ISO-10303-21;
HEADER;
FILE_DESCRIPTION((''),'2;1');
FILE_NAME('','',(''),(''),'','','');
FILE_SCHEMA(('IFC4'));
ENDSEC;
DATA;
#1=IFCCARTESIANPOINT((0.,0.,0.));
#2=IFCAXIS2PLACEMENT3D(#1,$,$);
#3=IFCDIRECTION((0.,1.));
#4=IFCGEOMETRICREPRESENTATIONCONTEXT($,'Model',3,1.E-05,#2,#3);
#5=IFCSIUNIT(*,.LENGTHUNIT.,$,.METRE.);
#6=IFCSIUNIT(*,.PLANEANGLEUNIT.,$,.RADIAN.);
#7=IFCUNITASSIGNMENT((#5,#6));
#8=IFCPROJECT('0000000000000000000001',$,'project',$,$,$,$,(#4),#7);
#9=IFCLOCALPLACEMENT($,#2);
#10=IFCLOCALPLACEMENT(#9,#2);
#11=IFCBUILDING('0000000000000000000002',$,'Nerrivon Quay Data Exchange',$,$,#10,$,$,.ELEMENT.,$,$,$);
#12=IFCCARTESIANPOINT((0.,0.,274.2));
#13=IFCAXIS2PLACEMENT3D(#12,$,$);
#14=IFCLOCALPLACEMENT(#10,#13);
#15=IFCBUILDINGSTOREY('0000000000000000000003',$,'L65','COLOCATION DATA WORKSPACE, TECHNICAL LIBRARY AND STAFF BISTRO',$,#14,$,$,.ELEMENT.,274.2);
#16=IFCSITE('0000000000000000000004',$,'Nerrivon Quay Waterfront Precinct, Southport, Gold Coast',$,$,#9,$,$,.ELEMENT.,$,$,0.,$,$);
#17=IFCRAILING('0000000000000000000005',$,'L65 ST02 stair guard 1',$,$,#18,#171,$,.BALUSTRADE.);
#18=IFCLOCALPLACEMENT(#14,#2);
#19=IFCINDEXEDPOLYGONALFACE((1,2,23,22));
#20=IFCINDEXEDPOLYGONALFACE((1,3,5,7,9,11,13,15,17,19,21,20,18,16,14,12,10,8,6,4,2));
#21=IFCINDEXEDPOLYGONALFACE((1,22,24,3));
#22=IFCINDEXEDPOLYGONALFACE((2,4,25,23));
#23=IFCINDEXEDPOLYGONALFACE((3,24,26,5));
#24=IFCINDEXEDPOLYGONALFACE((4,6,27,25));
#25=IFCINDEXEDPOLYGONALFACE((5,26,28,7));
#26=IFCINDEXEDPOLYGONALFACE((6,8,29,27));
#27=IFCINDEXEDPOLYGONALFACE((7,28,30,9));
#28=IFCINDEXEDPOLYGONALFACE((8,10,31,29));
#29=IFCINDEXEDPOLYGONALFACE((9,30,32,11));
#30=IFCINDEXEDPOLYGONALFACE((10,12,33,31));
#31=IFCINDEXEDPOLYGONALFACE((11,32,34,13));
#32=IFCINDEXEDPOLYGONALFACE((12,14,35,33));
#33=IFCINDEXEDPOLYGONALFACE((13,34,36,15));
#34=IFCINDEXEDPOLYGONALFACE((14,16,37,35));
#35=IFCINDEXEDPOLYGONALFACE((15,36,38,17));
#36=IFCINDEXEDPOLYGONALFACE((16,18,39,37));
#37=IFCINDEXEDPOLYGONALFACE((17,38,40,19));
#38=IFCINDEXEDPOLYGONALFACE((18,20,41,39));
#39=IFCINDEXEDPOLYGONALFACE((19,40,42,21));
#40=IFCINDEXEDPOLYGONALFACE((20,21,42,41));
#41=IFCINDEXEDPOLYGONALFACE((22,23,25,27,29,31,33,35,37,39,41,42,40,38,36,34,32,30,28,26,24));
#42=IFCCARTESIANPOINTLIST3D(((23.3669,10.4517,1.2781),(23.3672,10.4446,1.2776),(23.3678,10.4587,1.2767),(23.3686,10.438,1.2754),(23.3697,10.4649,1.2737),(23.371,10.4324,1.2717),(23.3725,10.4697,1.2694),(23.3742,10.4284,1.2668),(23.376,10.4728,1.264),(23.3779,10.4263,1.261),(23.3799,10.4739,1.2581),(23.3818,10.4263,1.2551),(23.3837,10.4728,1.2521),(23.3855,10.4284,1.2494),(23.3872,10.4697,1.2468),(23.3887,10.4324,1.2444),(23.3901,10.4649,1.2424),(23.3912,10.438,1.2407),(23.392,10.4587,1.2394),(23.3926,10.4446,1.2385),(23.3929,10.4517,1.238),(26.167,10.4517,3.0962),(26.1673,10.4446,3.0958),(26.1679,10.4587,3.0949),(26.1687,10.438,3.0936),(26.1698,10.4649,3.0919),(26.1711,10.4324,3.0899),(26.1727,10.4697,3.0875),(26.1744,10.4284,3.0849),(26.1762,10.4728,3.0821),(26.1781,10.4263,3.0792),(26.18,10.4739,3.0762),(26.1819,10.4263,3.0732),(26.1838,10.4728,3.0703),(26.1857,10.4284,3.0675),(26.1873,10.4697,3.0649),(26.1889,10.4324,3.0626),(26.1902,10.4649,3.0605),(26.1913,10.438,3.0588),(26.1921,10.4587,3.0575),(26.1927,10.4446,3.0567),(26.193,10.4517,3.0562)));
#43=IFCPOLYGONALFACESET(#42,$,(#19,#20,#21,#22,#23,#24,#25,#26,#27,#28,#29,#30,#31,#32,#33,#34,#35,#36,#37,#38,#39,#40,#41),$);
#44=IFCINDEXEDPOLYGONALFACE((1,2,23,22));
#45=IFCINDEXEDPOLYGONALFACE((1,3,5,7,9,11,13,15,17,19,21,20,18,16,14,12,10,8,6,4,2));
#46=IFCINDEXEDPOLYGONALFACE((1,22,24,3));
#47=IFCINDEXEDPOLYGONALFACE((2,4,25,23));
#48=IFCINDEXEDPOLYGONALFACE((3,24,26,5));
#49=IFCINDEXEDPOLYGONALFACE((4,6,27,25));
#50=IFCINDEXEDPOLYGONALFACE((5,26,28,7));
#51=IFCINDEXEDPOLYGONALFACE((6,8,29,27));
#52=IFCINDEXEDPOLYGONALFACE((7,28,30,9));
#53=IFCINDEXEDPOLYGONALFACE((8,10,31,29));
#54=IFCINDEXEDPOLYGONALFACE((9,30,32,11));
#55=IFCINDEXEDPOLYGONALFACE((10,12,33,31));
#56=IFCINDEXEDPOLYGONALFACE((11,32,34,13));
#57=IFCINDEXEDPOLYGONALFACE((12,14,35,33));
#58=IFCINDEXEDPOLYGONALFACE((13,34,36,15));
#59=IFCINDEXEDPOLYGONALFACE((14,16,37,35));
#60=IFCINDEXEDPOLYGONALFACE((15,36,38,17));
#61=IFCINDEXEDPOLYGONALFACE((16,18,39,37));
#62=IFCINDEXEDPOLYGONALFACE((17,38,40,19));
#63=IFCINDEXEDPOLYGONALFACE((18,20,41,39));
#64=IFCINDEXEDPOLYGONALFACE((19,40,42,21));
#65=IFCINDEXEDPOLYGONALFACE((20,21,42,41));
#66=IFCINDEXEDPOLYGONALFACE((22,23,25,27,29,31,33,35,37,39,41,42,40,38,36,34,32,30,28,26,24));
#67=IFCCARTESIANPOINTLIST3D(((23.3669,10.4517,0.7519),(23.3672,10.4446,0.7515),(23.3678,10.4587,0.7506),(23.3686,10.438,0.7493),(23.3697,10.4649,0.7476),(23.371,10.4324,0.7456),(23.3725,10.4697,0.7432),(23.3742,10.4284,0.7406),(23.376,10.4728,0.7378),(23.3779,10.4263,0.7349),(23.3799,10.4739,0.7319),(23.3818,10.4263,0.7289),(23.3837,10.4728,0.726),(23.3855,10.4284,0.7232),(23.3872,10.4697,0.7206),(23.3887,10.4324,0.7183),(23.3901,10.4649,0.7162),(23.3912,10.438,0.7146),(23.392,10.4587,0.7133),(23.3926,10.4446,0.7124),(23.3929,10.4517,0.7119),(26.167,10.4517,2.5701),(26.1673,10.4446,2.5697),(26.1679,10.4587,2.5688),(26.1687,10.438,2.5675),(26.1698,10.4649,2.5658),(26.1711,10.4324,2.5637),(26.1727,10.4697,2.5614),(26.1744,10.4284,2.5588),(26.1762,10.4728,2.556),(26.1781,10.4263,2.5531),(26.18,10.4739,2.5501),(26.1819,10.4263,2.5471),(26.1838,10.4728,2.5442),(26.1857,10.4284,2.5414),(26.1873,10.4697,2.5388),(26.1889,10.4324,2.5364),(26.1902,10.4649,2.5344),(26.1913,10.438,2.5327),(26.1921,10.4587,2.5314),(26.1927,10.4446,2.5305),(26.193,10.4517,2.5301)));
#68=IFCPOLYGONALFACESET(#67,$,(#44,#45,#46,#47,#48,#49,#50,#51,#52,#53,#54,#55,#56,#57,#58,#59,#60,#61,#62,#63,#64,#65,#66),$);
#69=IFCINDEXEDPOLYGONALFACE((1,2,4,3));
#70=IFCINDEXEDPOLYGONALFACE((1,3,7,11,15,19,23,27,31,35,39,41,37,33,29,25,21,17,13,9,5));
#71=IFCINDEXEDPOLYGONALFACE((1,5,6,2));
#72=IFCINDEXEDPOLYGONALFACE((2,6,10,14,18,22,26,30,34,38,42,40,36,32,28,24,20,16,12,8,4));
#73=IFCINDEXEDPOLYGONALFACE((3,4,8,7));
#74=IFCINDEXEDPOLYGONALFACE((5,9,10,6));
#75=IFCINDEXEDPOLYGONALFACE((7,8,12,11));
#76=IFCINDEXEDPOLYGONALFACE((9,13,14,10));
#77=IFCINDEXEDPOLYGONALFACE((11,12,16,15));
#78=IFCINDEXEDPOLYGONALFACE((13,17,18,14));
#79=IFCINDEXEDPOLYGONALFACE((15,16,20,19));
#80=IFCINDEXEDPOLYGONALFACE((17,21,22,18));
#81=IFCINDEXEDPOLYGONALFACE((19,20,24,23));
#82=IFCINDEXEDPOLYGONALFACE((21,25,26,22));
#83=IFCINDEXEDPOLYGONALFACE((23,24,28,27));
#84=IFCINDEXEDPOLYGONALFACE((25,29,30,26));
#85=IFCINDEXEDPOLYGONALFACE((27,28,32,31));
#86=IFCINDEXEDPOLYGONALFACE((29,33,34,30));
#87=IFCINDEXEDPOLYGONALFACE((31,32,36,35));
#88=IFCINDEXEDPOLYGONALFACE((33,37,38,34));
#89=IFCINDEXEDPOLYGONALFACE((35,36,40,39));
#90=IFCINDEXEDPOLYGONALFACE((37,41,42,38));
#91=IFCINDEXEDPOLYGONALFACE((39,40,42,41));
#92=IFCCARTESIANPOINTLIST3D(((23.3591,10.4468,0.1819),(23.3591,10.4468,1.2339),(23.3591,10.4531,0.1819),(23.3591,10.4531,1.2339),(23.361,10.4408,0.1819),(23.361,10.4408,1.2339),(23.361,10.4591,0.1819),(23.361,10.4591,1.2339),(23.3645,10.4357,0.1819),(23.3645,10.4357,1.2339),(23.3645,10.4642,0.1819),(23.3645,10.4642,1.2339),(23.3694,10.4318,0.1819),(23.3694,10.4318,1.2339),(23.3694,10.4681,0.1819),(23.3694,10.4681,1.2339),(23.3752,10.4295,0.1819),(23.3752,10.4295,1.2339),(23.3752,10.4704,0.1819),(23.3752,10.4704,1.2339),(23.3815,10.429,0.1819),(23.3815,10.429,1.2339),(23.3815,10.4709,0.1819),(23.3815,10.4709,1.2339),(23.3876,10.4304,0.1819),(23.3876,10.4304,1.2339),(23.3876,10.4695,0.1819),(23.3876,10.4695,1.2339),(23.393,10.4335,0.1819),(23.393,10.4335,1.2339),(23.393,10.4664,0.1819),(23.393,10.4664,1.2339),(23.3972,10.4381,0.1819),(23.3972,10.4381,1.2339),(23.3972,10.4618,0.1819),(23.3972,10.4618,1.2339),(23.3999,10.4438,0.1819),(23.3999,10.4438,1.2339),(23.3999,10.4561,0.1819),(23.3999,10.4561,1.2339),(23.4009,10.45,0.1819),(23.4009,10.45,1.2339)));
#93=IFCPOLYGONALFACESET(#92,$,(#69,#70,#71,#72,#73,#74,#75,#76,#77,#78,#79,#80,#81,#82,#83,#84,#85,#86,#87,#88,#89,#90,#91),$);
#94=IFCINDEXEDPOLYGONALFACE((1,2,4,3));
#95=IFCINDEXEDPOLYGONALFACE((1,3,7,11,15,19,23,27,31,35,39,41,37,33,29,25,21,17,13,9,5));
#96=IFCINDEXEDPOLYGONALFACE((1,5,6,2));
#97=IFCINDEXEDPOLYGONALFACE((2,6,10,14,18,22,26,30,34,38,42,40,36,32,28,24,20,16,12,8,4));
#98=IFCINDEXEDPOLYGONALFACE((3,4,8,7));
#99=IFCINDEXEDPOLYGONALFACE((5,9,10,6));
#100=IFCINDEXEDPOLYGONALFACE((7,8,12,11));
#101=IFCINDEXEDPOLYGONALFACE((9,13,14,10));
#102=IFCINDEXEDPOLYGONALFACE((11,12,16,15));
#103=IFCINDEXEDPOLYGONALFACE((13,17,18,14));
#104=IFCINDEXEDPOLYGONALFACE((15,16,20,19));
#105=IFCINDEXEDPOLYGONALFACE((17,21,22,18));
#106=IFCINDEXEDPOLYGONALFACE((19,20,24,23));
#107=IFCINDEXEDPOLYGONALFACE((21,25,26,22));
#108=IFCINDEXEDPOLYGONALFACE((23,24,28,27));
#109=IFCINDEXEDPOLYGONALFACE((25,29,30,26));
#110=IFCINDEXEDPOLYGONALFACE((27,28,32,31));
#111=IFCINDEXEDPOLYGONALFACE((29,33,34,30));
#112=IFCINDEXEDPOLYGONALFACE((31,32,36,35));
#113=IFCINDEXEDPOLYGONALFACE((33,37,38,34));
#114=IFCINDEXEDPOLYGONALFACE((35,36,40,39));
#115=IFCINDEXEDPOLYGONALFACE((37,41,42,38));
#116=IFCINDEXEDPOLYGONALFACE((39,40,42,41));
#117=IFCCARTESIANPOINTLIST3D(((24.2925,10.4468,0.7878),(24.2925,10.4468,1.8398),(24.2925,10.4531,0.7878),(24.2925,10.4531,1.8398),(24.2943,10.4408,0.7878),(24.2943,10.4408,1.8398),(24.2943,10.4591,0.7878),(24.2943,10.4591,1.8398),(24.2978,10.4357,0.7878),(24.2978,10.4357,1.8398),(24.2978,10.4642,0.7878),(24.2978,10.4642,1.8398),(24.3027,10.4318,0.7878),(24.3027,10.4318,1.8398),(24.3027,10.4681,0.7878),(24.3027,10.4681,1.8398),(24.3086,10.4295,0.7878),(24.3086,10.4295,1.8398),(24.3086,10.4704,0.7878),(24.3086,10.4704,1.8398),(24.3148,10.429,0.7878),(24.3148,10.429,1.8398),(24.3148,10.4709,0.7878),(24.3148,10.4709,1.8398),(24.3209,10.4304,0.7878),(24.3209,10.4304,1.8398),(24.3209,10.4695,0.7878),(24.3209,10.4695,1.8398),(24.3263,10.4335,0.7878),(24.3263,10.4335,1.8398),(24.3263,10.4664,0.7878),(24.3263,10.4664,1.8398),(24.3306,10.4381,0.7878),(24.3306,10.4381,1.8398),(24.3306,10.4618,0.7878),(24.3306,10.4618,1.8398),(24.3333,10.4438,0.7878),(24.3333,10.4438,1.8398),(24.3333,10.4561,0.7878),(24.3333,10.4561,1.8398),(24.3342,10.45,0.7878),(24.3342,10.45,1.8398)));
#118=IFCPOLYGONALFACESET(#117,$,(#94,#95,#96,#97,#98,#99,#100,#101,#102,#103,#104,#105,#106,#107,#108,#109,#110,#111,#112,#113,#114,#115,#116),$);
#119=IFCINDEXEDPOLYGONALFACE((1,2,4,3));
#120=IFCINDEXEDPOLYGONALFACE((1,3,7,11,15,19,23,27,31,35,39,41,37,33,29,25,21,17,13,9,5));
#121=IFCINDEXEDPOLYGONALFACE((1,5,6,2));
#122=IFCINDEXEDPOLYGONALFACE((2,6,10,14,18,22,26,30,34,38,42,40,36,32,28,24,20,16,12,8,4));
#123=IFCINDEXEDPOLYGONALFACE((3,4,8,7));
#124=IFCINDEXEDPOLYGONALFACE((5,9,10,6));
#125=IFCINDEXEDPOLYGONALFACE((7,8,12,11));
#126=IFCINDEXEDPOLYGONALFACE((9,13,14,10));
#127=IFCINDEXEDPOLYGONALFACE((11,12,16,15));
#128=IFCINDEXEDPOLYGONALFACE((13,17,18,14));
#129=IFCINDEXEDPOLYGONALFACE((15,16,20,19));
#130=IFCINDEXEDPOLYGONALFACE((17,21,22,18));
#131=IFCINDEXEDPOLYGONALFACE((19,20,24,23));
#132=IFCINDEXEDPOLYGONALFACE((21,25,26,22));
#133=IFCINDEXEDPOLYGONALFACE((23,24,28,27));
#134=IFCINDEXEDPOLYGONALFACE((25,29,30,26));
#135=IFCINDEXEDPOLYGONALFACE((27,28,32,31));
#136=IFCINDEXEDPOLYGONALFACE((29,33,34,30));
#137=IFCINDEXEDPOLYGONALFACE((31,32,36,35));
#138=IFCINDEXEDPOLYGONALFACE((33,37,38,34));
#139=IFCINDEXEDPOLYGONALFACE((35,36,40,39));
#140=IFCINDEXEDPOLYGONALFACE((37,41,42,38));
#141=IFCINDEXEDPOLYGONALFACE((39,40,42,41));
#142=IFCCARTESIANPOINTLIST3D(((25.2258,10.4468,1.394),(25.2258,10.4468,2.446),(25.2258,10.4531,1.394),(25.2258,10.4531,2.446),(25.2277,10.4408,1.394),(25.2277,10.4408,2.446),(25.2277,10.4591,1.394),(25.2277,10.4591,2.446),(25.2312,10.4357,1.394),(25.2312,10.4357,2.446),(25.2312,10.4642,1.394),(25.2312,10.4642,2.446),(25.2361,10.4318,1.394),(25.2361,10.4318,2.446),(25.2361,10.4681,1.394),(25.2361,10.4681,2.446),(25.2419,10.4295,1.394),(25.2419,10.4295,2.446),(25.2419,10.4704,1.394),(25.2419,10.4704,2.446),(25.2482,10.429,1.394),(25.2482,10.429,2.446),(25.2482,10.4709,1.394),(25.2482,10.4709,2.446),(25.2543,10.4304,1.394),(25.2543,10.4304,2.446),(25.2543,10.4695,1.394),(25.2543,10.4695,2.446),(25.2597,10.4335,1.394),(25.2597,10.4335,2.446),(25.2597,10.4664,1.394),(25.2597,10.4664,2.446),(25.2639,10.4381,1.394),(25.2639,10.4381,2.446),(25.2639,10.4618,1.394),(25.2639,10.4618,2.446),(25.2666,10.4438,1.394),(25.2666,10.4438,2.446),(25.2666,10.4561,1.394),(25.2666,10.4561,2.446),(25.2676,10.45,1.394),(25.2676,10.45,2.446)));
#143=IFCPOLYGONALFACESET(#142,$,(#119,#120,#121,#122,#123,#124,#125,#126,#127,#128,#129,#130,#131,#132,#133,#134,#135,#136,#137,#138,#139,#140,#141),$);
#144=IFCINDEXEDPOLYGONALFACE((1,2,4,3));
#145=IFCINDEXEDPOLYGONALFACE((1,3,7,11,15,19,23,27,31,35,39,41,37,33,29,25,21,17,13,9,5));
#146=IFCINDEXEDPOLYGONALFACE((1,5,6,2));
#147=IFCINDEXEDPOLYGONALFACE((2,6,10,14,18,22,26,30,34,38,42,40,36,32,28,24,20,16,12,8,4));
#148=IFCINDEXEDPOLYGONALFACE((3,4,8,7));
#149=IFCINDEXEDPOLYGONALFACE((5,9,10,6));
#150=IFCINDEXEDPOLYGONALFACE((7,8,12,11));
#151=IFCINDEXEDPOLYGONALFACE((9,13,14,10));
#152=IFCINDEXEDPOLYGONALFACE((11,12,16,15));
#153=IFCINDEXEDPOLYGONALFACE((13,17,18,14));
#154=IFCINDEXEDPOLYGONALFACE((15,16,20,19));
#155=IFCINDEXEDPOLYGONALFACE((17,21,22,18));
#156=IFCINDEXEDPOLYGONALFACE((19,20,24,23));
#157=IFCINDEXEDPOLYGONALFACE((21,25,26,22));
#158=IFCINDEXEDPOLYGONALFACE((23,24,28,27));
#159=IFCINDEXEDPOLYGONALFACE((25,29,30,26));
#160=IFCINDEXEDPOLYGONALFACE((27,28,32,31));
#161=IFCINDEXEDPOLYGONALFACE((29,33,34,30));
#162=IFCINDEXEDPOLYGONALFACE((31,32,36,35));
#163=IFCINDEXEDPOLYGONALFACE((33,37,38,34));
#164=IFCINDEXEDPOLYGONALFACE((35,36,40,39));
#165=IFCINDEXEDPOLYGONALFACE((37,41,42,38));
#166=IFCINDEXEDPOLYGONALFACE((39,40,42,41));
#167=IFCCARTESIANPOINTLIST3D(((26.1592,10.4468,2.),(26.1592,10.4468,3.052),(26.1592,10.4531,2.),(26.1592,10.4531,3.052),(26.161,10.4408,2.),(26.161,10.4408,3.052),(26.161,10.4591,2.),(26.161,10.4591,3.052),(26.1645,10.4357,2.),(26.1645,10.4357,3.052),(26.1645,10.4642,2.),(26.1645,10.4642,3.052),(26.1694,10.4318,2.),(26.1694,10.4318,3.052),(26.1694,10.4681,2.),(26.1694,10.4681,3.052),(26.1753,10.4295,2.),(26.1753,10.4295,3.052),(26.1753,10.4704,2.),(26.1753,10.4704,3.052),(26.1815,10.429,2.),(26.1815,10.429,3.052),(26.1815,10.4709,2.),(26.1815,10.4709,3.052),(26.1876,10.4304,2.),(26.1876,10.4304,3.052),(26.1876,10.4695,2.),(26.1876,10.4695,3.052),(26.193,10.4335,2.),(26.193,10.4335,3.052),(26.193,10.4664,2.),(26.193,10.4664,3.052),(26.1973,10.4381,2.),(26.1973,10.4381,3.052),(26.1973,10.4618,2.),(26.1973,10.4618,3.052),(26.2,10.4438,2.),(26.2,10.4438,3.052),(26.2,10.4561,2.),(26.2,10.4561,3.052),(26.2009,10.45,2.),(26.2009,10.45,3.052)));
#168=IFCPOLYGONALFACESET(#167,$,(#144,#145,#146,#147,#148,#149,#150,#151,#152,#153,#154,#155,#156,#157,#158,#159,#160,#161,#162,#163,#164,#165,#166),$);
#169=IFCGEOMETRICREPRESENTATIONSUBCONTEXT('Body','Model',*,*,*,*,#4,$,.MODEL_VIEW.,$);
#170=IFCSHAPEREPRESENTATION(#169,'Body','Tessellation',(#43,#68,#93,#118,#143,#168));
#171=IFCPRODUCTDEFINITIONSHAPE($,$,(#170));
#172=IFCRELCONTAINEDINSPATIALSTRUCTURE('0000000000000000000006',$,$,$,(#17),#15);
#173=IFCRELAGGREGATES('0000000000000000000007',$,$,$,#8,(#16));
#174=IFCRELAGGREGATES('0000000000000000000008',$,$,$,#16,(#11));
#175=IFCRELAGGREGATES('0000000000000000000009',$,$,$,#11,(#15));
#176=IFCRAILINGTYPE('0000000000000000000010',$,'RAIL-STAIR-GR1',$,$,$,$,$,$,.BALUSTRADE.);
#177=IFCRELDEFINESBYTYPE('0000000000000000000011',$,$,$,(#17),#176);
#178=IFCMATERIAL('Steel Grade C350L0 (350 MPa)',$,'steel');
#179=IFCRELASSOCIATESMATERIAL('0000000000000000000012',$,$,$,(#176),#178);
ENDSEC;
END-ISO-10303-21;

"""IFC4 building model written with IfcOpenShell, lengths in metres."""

from ifc_helpers import new_model, si_unit, direction, frame, origin, origin_2d, place, context, subcontext, project, spatial, circle, extrude, material, type_object, element, save


model = new_model("IFC4")

# Units and contexts
model_context = context("Model", 3, precision=1e-05, world=origin(), true_north=direction((0.0, 1.0)))
body_context = subcontext(model_context, "Body", "Model", "MODEL_VIEW")
ifc_project = project(units=[si_unit("LENGTHUNIT", "METRE"), si_unit("PLANEANGLEUNIT", "RADIAN")], contexts=[model_context])

# Site, building, storey
site_placement = place(None, origin())
site = spatial("IfcSite", under=ifc_project, at=site_placement, Name="Nerrivon Quay Waterfront Precinct, Southport, Gold Coast", CompositionType="ELEMENT", RefElevation=0.0)
building_placement = place(site_placement, origin())
building = spatial("IfcBuilding", under=site, at=building_placement, Name="Nerrivon Quay Data Exchange", CompositionType="ELEMENT")
storey_placement = place(building_placement, frame((0.0, 0.0, 274.2)))
storey = spatial("IfcBuildingStorey", under=building, at=storey_placement, Name="L65", Description="COLOCATION DATA WORKSPACE, TECHNICAL LIBRARY AND STAFF BISTRO", CompositionType="ELEMENT", Elevation=274.2)

# Railing
ifc_material_1 = material(Name="Steel Grade C350L0 (350 MPa)", Category="steel")
railing_type_1 = type_object("IfcRailingType", Name="RAIL-STAIR-GR1", PredefinedType="BALUSTRADE", material=ifc_material_1)
railing_1_placement = place(storey_placement, frame((23.3799, 10.45, 0.1819)))
element("IfcRailing", 1, at=railing_1_placement, inside=storey, type_object=railing_type_1, Name="L65 ST02 stair guard 1", PredefinedType="BALUSTRADE", context=body_context, shape_type="SweptSolid", body=[
    extrude(circle(Radius=0.0239, at=origin_2d()), frame((0.0, 0.0, 1.0762), z_axis=(0.838706, 0.0, 0.544585), x_axis=(0.0, 1.0, 0.0)), (0.0, 0.0, 1.0), 3.3386),
    extrude(circle(Radius=0.0239, at=origin_2d()), frame((0.0, 0.0, 0.55), z_axis=(0.838706, 0.0, 0.544585), x_axis=(0.0, 1.0, 0.0)), (0.0, 0.0, 1.0), 3.3386),
    extrude(circle(Radius=0.021, at=origin_2d()), origin(), (0.0, 0.0, 1.0), 1.052),
    extrude(circle(Radius=0.021, at=origin_2d()), frame((0.9333, 0.0, 0.606)), (0.0, 0.0, 1.0), 1.052),
    extrude(circle(Radius=0.021, at=origin_2d()), frame((1.8667, 0.0, 1.2122)), (0.0, 0.0, 1.0), 1.052),
    extrude(circle(Radius=0.021, at=origin_2d()), frame((2.8, 0.0, 1.8181)), (0.0, 0.0, 1.0), 1.052),
])

save(model, "model.ifc")
